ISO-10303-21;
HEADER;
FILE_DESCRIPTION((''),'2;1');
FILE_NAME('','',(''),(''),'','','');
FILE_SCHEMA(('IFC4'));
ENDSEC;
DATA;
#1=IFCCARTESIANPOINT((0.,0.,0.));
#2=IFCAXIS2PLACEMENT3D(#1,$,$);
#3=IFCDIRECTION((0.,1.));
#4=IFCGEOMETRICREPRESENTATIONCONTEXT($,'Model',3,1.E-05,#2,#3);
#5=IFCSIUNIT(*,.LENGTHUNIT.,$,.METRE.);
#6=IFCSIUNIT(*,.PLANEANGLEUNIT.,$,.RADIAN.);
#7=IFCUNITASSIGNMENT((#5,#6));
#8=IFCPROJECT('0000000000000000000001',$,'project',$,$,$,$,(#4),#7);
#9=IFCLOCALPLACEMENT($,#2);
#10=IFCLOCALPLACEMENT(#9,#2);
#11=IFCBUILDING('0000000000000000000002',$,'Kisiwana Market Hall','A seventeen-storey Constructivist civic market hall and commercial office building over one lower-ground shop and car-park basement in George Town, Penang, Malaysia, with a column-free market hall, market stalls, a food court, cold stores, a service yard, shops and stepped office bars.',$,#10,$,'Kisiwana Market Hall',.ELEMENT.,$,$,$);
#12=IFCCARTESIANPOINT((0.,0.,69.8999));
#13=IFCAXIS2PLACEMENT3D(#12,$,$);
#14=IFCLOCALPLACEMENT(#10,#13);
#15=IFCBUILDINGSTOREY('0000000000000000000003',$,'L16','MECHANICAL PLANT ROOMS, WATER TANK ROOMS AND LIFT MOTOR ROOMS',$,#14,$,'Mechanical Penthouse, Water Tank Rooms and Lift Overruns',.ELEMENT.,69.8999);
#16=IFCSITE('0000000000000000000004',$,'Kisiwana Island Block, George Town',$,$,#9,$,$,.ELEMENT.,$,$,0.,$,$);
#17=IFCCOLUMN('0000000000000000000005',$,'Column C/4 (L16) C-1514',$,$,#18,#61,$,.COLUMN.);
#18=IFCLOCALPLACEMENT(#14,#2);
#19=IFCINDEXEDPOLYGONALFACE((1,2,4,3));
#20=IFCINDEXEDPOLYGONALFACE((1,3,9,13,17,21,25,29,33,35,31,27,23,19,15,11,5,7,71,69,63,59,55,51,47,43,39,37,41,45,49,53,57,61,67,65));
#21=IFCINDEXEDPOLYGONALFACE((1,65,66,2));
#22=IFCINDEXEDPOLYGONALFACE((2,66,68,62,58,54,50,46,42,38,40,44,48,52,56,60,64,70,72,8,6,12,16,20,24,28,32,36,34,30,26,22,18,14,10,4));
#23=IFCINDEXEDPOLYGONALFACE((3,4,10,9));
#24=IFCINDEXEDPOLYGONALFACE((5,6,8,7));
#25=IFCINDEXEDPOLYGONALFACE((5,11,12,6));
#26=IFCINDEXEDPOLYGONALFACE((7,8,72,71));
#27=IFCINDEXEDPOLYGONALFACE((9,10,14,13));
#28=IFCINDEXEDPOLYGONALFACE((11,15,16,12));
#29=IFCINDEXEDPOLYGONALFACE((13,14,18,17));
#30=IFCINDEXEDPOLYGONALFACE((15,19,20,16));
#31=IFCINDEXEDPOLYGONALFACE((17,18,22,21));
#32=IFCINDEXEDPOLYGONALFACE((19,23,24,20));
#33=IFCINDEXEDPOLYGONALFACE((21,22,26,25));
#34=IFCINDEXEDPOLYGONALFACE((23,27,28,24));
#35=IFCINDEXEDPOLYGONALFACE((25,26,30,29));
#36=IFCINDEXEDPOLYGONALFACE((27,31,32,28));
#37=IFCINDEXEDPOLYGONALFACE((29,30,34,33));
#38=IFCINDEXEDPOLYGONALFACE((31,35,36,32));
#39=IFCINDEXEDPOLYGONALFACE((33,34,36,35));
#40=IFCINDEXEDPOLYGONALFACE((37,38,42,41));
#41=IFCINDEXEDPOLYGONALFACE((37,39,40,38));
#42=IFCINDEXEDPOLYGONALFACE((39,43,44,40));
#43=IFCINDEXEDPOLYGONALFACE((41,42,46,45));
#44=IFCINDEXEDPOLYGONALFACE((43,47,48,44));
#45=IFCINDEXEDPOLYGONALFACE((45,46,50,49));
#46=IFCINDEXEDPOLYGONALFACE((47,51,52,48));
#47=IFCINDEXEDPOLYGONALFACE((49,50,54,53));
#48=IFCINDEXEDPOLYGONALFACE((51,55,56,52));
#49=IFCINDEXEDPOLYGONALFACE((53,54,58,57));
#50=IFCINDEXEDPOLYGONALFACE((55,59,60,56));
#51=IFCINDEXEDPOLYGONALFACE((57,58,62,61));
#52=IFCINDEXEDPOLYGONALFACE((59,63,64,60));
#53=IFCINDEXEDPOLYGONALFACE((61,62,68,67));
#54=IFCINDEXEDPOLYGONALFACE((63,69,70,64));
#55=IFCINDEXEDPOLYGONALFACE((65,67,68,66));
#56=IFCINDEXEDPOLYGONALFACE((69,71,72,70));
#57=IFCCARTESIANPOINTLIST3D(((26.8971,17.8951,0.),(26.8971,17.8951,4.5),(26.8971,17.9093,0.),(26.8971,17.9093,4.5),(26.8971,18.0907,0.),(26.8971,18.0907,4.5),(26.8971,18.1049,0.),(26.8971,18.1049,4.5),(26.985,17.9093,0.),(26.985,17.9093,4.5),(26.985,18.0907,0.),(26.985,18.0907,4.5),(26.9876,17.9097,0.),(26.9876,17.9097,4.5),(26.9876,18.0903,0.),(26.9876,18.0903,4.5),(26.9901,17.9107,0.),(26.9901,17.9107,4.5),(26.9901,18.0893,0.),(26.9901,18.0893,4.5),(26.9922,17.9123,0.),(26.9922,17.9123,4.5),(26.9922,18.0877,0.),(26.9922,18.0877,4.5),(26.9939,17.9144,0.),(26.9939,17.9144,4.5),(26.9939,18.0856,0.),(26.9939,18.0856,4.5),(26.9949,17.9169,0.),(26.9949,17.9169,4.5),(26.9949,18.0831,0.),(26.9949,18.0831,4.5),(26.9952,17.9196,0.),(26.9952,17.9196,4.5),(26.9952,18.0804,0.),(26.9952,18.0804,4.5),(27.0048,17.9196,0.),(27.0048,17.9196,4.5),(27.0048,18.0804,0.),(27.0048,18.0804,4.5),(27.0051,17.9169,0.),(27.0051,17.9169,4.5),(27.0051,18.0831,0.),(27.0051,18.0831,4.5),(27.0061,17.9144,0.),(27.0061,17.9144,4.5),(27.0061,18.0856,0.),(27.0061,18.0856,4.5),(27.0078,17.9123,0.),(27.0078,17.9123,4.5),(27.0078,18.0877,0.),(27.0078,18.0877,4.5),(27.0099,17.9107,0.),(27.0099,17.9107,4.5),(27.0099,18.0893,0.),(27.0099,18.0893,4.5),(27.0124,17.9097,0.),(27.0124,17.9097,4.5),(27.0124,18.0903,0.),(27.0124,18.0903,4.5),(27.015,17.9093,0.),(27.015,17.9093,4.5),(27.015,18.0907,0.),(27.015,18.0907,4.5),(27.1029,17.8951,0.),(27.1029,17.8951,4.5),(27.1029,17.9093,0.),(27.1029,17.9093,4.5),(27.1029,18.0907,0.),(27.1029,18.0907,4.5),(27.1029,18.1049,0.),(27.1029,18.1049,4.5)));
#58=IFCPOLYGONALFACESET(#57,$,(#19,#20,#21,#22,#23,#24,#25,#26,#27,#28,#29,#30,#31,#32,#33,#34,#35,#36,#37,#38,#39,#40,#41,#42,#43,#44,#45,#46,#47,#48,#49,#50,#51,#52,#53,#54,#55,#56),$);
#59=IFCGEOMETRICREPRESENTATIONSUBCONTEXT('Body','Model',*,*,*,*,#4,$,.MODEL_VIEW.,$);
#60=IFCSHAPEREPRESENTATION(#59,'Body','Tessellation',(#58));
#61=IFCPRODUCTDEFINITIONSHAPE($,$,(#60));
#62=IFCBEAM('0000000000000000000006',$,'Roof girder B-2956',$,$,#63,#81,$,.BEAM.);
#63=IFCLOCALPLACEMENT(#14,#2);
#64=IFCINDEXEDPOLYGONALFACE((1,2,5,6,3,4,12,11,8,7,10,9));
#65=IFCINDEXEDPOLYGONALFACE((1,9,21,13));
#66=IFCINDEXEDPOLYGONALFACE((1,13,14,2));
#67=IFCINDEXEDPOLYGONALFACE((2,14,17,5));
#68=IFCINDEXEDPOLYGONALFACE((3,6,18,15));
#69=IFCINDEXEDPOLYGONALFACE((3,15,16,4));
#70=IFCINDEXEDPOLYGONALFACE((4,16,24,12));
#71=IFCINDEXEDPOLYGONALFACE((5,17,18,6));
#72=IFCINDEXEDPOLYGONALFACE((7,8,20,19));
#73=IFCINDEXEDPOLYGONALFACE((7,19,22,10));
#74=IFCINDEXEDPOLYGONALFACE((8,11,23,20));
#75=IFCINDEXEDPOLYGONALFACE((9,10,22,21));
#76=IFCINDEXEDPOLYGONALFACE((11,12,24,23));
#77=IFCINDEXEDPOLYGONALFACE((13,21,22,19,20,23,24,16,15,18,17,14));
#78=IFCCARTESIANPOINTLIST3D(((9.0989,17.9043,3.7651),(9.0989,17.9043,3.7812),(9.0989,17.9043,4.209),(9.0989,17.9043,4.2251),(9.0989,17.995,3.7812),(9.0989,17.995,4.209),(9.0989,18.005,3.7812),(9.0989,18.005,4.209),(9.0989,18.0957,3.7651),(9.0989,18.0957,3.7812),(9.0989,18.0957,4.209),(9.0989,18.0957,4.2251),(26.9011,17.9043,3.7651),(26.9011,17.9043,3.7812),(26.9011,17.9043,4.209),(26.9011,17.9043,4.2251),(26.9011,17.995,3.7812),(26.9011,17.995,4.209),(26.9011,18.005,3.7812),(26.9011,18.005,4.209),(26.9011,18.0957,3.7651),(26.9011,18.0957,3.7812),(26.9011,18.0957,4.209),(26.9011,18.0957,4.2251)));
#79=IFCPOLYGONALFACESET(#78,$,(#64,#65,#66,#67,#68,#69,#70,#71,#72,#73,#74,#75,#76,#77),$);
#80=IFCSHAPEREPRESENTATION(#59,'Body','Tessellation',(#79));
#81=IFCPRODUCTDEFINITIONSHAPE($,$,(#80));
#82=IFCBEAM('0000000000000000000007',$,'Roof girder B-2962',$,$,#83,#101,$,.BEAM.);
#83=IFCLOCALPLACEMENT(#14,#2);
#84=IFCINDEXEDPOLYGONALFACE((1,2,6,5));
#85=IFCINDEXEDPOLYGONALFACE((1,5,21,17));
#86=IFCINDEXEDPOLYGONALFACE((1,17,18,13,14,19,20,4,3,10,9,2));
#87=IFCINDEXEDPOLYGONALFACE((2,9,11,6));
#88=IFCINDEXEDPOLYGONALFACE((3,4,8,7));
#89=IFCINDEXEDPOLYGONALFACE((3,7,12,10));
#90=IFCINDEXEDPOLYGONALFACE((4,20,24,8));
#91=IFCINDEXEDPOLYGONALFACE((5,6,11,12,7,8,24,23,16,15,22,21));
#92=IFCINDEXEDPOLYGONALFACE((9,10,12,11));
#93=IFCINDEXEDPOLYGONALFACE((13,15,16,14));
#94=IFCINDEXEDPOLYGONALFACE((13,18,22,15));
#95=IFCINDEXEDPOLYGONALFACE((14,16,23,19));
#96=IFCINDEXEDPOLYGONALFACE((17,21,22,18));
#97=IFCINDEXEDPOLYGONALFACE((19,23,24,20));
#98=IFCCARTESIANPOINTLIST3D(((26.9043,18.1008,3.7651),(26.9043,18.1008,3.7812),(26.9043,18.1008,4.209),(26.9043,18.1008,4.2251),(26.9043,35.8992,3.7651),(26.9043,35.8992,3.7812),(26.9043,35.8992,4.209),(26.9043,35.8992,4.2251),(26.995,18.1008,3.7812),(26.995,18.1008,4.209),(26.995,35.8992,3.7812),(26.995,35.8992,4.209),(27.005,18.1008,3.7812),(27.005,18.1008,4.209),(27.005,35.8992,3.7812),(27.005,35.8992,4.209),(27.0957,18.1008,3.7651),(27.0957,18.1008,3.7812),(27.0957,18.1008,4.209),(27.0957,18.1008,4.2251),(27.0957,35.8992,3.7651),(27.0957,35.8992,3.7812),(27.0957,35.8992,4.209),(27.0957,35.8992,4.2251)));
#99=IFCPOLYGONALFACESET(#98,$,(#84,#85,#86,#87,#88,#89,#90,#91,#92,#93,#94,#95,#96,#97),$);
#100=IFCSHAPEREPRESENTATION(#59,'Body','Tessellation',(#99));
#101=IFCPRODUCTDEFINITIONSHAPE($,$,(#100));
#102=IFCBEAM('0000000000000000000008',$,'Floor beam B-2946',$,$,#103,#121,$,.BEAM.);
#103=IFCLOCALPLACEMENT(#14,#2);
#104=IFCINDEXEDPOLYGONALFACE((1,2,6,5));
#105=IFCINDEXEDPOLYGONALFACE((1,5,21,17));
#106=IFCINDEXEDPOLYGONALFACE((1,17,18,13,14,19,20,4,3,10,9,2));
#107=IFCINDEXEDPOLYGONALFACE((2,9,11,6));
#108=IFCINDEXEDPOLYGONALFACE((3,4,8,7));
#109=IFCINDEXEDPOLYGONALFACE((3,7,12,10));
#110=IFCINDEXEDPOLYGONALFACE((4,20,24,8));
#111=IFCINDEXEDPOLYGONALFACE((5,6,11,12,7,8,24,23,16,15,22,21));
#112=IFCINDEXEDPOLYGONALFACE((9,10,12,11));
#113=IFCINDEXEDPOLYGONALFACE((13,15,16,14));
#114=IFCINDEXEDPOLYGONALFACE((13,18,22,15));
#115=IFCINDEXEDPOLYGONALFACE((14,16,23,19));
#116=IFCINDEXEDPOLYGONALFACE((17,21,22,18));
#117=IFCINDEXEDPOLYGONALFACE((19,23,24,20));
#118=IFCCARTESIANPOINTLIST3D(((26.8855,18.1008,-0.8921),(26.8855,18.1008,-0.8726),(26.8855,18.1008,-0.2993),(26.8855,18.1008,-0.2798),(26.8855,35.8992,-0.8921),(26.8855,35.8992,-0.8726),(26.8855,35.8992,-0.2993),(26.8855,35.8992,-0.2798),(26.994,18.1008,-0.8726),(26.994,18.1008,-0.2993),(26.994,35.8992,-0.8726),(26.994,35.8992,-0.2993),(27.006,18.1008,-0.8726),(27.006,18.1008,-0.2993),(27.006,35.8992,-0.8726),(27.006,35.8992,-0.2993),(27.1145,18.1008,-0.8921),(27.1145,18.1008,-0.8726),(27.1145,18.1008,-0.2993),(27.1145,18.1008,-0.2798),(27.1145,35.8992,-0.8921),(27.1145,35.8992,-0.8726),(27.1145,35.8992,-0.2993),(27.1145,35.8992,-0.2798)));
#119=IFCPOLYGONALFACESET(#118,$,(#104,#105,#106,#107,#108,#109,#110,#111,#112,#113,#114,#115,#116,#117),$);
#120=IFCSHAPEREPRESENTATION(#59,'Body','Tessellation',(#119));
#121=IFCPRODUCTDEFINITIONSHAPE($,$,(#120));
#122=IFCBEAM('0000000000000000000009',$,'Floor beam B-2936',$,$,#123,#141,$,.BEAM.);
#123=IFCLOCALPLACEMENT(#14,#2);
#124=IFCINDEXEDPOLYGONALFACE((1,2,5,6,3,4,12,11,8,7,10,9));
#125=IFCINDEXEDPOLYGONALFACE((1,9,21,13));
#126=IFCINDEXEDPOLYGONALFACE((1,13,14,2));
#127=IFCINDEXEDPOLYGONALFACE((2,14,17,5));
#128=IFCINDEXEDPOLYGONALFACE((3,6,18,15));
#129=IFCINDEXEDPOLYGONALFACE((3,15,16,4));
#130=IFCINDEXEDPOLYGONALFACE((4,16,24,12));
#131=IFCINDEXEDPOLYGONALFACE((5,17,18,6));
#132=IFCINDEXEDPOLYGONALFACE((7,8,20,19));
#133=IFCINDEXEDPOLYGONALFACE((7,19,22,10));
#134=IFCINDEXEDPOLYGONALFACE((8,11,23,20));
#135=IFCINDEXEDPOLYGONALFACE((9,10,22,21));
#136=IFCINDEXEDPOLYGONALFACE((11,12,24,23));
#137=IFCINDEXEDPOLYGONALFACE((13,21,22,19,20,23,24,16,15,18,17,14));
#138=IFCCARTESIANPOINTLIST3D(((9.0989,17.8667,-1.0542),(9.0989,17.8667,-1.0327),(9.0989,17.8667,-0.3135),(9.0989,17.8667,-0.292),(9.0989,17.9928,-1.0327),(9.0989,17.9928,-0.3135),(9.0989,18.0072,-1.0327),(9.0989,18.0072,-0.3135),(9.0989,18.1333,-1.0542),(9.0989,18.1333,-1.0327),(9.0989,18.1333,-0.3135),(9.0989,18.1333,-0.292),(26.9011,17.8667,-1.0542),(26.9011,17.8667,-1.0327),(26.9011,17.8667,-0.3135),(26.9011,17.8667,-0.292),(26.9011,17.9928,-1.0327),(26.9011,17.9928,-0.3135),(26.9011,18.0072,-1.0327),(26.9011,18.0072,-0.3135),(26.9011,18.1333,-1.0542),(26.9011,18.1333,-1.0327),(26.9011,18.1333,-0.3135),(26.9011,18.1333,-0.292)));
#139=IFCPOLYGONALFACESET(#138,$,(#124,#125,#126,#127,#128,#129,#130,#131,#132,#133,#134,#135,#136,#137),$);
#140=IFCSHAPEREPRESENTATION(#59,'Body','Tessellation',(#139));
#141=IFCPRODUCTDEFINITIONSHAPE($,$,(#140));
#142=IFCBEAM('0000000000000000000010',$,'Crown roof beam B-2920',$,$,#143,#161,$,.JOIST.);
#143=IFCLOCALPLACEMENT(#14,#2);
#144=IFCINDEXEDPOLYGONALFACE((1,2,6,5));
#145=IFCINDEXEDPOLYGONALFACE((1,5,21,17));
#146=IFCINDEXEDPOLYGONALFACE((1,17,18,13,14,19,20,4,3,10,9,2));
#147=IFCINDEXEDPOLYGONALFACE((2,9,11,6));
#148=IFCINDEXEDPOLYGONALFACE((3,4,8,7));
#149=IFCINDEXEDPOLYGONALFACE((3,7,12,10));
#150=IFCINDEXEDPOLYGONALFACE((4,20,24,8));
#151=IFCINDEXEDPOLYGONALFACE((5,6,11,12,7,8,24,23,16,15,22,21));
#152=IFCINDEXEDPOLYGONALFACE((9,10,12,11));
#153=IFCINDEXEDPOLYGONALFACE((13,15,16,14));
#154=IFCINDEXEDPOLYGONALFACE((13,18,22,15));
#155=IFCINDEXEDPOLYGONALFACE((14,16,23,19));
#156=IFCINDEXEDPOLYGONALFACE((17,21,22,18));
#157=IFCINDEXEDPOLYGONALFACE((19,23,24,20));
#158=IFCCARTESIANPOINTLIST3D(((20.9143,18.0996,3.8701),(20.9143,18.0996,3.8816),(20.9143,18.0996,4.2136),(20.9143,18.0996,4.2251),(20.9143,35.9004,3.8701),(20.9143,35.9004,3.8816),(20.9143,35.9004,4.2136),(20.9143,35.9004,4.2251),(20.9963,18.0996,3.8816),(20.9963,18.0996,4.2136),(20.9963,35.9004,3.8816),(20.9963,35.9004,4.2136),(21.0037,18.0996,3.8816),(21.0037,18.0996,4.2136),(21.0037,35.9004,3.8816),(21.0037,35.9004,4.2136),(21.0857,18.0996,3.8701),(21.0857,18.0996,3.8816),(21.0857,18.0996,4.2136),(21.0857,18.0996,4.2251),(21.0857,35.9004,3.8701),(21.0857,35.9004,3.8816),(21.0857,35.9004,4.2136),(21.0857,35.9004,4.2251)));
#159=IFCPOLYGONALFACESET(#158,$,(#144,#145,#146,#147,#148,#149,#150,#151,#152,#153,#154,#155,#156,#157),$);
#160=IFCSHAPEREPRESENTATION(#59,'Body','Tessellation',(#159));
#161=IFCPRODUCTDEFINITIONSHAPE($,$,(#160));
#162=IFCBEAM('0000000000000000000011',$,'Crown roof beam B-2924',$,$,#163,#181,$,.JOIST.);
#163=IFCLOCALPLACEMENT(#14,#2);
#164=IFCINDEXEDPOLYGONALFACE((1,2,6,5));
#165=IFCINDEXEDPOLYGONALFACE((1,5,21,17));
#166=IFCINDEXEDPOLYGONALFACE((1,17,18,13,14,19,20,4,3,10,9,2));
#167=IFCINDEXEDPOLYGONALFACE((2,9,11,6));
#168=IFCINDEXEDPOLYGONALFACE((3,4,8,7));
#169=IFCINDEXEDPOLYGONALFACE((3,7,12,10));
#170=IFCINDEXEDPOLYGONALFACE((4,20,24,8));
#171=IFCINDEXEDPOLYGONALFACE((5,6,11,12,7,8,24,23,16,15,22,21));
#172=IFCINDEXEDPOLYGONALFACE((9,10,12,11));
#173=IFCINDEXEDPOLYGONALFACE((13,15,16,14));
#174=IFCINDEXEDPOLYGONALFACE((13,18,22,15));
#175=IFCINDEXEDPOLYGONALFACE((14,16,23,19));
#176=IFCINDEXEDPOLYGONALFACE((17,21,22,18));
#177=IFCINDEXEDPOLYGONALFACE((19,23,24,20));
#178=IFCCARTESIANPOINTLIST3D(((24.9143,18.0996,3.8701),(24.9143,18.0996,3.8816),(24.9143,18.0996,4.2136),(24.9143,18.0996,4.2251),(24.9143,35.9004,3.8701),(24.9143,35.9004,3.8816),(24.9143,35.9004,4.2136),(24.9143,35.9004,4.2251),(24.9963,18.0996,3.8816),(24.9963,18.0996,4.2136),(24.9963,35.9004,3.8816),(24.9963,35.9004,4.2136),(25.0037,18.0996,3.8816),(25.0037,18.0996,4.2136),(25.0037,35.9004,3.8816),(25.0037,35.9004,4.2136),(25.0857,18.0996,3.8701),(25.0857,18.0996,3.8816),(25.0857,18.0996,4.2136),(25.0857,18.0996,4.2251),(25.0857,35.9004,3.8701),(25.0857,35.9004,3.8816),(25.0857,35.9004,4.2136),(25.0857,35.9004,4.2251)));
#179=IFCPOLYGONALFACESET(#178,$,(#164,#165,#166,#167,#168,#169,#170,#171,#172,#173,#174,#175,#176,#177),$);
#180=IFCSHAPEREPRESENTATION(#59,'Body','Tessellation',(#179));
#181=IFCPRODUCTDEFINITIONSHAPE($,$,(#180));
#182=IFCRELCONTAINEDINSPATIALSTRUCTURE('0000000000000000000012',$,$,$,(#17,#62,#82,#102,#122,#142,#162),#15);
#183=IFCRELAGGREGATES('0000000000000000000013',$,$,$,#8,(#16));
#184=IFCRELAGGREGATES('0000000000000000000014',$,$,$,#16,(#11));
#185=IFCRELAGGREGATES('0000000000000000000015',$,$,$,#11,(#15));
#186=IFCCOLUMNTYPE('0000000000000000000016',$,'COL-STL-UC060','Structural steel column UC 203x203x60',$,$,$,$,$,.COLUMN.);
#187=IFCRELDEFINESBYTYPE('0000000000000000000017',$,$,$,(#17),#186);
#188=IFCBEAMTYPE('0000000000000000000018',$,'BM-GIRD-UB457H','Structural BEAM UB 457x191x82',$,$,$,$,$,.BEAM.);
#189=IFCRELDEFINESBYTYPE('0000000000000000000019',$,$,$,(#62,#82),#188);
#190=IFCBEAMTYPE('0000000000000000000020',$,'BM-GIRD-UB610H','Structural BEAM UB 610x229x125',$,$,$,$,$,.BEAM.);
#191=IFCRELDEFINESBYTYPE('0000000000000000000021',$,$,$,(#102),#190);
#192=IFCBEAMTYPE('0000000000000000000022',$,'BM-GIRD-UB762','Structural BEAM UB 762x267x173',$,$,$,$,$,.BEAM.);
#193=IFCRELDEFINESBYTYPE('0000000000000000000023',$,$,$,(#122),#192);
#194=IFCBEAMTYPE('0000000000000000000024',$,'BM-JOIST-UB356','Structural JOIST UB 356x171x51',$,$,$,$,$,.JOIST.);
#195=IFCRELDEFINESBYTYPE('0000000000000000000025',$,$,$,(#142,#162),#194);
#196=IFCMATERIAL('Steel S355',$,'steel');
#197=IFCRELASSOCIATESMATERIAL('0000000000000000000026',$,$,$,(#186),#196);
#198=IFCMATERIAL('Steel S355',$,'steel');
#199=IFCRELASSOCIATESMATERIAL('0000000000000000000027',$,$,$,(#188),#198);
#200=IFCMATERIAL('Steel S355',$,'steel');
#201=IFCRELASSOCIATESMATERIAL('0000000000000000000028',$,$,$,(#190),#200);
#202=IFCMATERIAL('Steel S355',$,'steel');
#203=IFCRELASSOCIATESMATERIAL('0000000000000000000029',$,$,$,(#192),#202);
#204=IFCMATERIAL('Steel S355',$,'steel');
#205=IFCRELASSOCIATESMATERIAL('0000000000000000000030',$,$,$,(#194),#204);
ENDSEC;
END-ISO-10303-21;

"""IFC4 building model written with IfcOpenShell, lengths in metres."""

from ifc_helpers import new_model, si_unit, direction, frame, origin, origin_2d, place, context, subcontext, project, spatial, i_section, extrude, material, material_profile, profile_set, type_object, element, save


model = new_model("IFC4")

# Units and contexts
model_context = context("Model", 3, precision=1e-05, world=origin(), true_north=direction((0.0, 1.0)))
body_context = subcontext(model_context, "Body", "Model", "MODEL_VIEW")
ifc_project = project(units=[si_unit("LENGTHUNIT", "METRE"), si_unit("PLANEANGLEUNIT", "RADIAN")], contexts=[model_context])

# Site, building, storey
site_placement = place(None, origin())
site = spatial("IfcSite", under=ifc_project, at=site_placement, Name="Kisiwana Island Block, George Town", CompositionType="ELEMENT", RefElevation=0.0)
building_placement = place(site_placement, origin())
building = spatial("IfcBuilding", under=site, at=building_placement, Name="Kisiwana Market Hall", Description="A seventeen-storey Constructivist civic market hall and commercial office building over one lower-ground shop and car-park basement in George Town, Penang, Malaysia, with a column-free market hall, market stalls, a food court, cold stores, a service yard, shops and stepped office bars.", LongName="Kisiwana Market Hall", CompositionType="ELEMENT")
storey_placement = place(building_placement, frame((0.0, 0.0, 69.8999)))
storey = spatial("IfcBuildingStorey", under=building, at=storey_placement, Name="L16", Description="MECHANICAL PLANT ROOMS, WATER TANK ROOMS AND LIFT MOTOR ROOMS", LongName="Mechanical Penthouse, Water Tank Rooms and Lift Overruns", CompositionType="ELEMENT", Elevation=69.8999)

# Column
ifc_material_1 = material(Name="Steel S355", Category="steel")
ifc_material_profile_1 = material_profile(ifc_material_1, i_section(OverallWidth=0.2058, OverallDepth=0.2097, WebThickness=0.0095, FlangeThickness=0.0142, FilletRadius=0.0103, at=origin_2d()), Name="UC 203x203x60")
ifc_profile_set_1 = profile_set([ifc_material_profile_1], Name="Steel S355")
column_type = type_object("IfcColumnType", Name="COL-STL-UC060", Description="Structural steel column UC 203x203x60", PredefinedType="COLUMN", material=ifc_profile_set_1)
column_placement = place(storey_placement, frame((27.0, 18.0, 0.0), z_axis=(0.0, 0.0, 1.0), x_axis=(1.0, 0.0, 0.0)))
element("IfcColumn", 1, at=column_placement, inside=storey, type_object=column_type, Name="Column C/4 (L16) C-1514", PredefinedType="COLUMN", context=body_context, shape_type="SweptSolid", body=[
    extrude(i_section(OverallWidth=0.2058, OverallDepth=0.2097, WebThickness=0.0095, FlangeThickness=0.0142, FilletRadius=0.0103, at=origin_2d()), origin(), (0.0, 0.0, 1.0), 4.5),
])

# Beams
ifc_material_2 = material(Name="Steel S355", Category="steel")
ifc_material_profile_2 = material_profile(ifc_material_2, i_section(OverallWidth=0.1914, OverallDepth=0.46, WebThickness=0.01, FlangeThickness=0.0161, at=origin_2d()), Name="UB 457x191x82")
ifc_profile_set_2 = profile_set([ifc_material_profile_2], Name="Steel S355")
beam_type_1 = type_object("IfcBeamType", Name="BM-GIRD-UB457H", Description="Structural BEAM UB 457x191x82", PredefinedType="BEAM", material=ifc_profile_set_2)
beam_1_placement = place(storey_placement, frame((9.0989, 18.0, 3.9951), z_axis=(1.0, 0.0, 0.0), x_axis=(0.0, 1.0, 0.0)))
element("IfcBeam", 2, at=beam_1_placement, inside=storey, type_object=beam_type_1, Name="Roof girder B-2956", PredefinedType="BEAM", context=body_context, shape_type="SweptSolid", body=[
    extrude(i_section(OverallWidth=0.1914, OverallDepth=0.46, WebThickness=0.01, FlangeThickness=0.0161, at=origin_2d()), origin(), (0.0, 0.0, 1.0), 17.8022),
])
beam_2_placement = place(storey_placement, frame((27.0, 18.1008, 3.9951), z_axis=(0.0, 1.0, 0.0), x_axis=(-1.0, 0.0, 0.0)))
element("IfcBeam", 3, at=beam_2_placement, inside=storey, type_object=beam_type_1, Name="Roof girder B-2962", PredefinedType="BEAM", context=body_context, shape_type="SweptSolid", body=[
    extrude(i_section(OverallWidth=0.1914, OverallDepth=0.46, WebThickness=0.01, FlangeThickness=0.0161, at=origin_2d()), origin(), (0.0, 0.0, 1.0), 17.7983),
])
ifc_material_3 = material(Name="Steel S355", Category="steel")
ifc_material_profile_3 = material_profile(ifc_material_3, i_section(OverallWidth=0.229, OverallDepth=0.6123, WebThickness=0.012, FlangeThickness=0.0195, at=origin_2d()), Name="UB 610x229x125")
ifc_profile_set_3 = profile_set([ifc_material_profile_3], Name="Steel S355")
beam_type_2 = type_object("IfcBeamType", Name="BM-GIRD-UB610H", Description="Structural BEAM UB 610x229x125", PredefinedType="BEAM", material=ifc_profile_set_3)
beam_3_placement = place(storey_placement, frame((27.0, 18.1008, -0.5859), z_axis=(0.0, 1.0, 0.0), x_axis=(-1.0, 0.0, 0.0)))
element("IfcBeam", 4, at=beam_3_placement, inside=storey, type_object=beam_type_2, Name="Floor beam B-2946", PredefinedType="BEAM", context=body_context, shape_type="SweptSolid", body=[
    extrude(i_section(OverallWidth=0.229, OverallDepth=0.6123, WebThickness=0.012, FlangeThickness=0.0195, at=origin_2d()), origin(), (0.0, 0.0, 1.0), 17.7983),
])
ifc_material_4 = material(Name="Steel S355", Category="steel")
ifc_material_profile_4 = material_profile(ifc_material_4, i_section(OverallWidth=0.2666, OverallDepth=0.7622, WebThickness=0.0144, FlangeThickness=0.0215, at=origin_2d()), Name="UB 762x267x173")
ifc_profile_set_4 = profile_set([ifc_material_profile_4], Name="Steel S355")
beam_type_3 = type_object("IfcBeamType", Name="BM-GIRD-UB762", Description="Structural BEAM UB 762x267x173", PredefinedType="BEAM", material=ifc_profile_set_4)
beam_4_placement = place(storey_placement, frame((9.0989, 18.0, -0.6731), z_axis=(1.0, 0.0, 0.0), x_axis=(0.0, 1.0, 0.0)))
element("IfcBeam", 5, at=beam_4_placement, inside=storey, type_object=beam_type_3, Name="Floor beam B-2936", PredefinedType="BEAM", context=body_context, shape_type="SweptSolid", body=[
    extrude(i_section(OverallWidth=0.2666, OverallDepth=0.7622, WebThickness=0.0144, FlangeThickness=0.0215, at=origin_2d()), origin(), (0.0, 0.0, 1.0), 17.8022),
])
ifc_material_5 = material(Name="Steel S355", Category="steel")
ifc_material_profile_5 = material_profile(ifc_material_5, i_section(OverallWidth=0.1714, OverallDepth=0.355, WebThickness=0.0073, FlangeThickness=0.0115, at=origin_2d()), Name="UB 356x171x51")
ifc_profile_set_5 = profile_set([ifc_material_profile_5], Name="Steel S355")
beam_type_4 = type_object("IfcBeamType", Name="BM-JOIST-UB356", Description="Structural JOIST UB 356x171x51", PredefinedType="JOIST", material=ifc_profile_set_5)
for number, where, z_axis, x_axis, name in (
    (6, (21.0, 18.0996, 4.0476), (0.0, 1.0, 0.0), (-1.0, 0.0, 0.0), "Crown roof beam B-2920"),
    (7, (25.0, 18.0996, 4.0476), (0.0, 1.0, 0.0), (-1.0, 0.0, 0.0), "Crown roof beam B-2924"),
):
    element("IfcBeam", number, at=place(storey_placement, frame(where, z_axis=z_axis, x_axis=x_axis)), inside=storey, type_object=beam_type_4, Name=name, PredefinedType="JOIST", context=body_context, shape_type="SweptSolid", body=[
        extrude(i_section(OverallWidth=0.1714, OverallDepth=0.355, WebThickness=0.0073, FlangeThickness=0.0115, at=origin_2d()), origin(), (0.0, 0.0, 1.0), 17.8008),
    ])

save(model, "model.ifc")
